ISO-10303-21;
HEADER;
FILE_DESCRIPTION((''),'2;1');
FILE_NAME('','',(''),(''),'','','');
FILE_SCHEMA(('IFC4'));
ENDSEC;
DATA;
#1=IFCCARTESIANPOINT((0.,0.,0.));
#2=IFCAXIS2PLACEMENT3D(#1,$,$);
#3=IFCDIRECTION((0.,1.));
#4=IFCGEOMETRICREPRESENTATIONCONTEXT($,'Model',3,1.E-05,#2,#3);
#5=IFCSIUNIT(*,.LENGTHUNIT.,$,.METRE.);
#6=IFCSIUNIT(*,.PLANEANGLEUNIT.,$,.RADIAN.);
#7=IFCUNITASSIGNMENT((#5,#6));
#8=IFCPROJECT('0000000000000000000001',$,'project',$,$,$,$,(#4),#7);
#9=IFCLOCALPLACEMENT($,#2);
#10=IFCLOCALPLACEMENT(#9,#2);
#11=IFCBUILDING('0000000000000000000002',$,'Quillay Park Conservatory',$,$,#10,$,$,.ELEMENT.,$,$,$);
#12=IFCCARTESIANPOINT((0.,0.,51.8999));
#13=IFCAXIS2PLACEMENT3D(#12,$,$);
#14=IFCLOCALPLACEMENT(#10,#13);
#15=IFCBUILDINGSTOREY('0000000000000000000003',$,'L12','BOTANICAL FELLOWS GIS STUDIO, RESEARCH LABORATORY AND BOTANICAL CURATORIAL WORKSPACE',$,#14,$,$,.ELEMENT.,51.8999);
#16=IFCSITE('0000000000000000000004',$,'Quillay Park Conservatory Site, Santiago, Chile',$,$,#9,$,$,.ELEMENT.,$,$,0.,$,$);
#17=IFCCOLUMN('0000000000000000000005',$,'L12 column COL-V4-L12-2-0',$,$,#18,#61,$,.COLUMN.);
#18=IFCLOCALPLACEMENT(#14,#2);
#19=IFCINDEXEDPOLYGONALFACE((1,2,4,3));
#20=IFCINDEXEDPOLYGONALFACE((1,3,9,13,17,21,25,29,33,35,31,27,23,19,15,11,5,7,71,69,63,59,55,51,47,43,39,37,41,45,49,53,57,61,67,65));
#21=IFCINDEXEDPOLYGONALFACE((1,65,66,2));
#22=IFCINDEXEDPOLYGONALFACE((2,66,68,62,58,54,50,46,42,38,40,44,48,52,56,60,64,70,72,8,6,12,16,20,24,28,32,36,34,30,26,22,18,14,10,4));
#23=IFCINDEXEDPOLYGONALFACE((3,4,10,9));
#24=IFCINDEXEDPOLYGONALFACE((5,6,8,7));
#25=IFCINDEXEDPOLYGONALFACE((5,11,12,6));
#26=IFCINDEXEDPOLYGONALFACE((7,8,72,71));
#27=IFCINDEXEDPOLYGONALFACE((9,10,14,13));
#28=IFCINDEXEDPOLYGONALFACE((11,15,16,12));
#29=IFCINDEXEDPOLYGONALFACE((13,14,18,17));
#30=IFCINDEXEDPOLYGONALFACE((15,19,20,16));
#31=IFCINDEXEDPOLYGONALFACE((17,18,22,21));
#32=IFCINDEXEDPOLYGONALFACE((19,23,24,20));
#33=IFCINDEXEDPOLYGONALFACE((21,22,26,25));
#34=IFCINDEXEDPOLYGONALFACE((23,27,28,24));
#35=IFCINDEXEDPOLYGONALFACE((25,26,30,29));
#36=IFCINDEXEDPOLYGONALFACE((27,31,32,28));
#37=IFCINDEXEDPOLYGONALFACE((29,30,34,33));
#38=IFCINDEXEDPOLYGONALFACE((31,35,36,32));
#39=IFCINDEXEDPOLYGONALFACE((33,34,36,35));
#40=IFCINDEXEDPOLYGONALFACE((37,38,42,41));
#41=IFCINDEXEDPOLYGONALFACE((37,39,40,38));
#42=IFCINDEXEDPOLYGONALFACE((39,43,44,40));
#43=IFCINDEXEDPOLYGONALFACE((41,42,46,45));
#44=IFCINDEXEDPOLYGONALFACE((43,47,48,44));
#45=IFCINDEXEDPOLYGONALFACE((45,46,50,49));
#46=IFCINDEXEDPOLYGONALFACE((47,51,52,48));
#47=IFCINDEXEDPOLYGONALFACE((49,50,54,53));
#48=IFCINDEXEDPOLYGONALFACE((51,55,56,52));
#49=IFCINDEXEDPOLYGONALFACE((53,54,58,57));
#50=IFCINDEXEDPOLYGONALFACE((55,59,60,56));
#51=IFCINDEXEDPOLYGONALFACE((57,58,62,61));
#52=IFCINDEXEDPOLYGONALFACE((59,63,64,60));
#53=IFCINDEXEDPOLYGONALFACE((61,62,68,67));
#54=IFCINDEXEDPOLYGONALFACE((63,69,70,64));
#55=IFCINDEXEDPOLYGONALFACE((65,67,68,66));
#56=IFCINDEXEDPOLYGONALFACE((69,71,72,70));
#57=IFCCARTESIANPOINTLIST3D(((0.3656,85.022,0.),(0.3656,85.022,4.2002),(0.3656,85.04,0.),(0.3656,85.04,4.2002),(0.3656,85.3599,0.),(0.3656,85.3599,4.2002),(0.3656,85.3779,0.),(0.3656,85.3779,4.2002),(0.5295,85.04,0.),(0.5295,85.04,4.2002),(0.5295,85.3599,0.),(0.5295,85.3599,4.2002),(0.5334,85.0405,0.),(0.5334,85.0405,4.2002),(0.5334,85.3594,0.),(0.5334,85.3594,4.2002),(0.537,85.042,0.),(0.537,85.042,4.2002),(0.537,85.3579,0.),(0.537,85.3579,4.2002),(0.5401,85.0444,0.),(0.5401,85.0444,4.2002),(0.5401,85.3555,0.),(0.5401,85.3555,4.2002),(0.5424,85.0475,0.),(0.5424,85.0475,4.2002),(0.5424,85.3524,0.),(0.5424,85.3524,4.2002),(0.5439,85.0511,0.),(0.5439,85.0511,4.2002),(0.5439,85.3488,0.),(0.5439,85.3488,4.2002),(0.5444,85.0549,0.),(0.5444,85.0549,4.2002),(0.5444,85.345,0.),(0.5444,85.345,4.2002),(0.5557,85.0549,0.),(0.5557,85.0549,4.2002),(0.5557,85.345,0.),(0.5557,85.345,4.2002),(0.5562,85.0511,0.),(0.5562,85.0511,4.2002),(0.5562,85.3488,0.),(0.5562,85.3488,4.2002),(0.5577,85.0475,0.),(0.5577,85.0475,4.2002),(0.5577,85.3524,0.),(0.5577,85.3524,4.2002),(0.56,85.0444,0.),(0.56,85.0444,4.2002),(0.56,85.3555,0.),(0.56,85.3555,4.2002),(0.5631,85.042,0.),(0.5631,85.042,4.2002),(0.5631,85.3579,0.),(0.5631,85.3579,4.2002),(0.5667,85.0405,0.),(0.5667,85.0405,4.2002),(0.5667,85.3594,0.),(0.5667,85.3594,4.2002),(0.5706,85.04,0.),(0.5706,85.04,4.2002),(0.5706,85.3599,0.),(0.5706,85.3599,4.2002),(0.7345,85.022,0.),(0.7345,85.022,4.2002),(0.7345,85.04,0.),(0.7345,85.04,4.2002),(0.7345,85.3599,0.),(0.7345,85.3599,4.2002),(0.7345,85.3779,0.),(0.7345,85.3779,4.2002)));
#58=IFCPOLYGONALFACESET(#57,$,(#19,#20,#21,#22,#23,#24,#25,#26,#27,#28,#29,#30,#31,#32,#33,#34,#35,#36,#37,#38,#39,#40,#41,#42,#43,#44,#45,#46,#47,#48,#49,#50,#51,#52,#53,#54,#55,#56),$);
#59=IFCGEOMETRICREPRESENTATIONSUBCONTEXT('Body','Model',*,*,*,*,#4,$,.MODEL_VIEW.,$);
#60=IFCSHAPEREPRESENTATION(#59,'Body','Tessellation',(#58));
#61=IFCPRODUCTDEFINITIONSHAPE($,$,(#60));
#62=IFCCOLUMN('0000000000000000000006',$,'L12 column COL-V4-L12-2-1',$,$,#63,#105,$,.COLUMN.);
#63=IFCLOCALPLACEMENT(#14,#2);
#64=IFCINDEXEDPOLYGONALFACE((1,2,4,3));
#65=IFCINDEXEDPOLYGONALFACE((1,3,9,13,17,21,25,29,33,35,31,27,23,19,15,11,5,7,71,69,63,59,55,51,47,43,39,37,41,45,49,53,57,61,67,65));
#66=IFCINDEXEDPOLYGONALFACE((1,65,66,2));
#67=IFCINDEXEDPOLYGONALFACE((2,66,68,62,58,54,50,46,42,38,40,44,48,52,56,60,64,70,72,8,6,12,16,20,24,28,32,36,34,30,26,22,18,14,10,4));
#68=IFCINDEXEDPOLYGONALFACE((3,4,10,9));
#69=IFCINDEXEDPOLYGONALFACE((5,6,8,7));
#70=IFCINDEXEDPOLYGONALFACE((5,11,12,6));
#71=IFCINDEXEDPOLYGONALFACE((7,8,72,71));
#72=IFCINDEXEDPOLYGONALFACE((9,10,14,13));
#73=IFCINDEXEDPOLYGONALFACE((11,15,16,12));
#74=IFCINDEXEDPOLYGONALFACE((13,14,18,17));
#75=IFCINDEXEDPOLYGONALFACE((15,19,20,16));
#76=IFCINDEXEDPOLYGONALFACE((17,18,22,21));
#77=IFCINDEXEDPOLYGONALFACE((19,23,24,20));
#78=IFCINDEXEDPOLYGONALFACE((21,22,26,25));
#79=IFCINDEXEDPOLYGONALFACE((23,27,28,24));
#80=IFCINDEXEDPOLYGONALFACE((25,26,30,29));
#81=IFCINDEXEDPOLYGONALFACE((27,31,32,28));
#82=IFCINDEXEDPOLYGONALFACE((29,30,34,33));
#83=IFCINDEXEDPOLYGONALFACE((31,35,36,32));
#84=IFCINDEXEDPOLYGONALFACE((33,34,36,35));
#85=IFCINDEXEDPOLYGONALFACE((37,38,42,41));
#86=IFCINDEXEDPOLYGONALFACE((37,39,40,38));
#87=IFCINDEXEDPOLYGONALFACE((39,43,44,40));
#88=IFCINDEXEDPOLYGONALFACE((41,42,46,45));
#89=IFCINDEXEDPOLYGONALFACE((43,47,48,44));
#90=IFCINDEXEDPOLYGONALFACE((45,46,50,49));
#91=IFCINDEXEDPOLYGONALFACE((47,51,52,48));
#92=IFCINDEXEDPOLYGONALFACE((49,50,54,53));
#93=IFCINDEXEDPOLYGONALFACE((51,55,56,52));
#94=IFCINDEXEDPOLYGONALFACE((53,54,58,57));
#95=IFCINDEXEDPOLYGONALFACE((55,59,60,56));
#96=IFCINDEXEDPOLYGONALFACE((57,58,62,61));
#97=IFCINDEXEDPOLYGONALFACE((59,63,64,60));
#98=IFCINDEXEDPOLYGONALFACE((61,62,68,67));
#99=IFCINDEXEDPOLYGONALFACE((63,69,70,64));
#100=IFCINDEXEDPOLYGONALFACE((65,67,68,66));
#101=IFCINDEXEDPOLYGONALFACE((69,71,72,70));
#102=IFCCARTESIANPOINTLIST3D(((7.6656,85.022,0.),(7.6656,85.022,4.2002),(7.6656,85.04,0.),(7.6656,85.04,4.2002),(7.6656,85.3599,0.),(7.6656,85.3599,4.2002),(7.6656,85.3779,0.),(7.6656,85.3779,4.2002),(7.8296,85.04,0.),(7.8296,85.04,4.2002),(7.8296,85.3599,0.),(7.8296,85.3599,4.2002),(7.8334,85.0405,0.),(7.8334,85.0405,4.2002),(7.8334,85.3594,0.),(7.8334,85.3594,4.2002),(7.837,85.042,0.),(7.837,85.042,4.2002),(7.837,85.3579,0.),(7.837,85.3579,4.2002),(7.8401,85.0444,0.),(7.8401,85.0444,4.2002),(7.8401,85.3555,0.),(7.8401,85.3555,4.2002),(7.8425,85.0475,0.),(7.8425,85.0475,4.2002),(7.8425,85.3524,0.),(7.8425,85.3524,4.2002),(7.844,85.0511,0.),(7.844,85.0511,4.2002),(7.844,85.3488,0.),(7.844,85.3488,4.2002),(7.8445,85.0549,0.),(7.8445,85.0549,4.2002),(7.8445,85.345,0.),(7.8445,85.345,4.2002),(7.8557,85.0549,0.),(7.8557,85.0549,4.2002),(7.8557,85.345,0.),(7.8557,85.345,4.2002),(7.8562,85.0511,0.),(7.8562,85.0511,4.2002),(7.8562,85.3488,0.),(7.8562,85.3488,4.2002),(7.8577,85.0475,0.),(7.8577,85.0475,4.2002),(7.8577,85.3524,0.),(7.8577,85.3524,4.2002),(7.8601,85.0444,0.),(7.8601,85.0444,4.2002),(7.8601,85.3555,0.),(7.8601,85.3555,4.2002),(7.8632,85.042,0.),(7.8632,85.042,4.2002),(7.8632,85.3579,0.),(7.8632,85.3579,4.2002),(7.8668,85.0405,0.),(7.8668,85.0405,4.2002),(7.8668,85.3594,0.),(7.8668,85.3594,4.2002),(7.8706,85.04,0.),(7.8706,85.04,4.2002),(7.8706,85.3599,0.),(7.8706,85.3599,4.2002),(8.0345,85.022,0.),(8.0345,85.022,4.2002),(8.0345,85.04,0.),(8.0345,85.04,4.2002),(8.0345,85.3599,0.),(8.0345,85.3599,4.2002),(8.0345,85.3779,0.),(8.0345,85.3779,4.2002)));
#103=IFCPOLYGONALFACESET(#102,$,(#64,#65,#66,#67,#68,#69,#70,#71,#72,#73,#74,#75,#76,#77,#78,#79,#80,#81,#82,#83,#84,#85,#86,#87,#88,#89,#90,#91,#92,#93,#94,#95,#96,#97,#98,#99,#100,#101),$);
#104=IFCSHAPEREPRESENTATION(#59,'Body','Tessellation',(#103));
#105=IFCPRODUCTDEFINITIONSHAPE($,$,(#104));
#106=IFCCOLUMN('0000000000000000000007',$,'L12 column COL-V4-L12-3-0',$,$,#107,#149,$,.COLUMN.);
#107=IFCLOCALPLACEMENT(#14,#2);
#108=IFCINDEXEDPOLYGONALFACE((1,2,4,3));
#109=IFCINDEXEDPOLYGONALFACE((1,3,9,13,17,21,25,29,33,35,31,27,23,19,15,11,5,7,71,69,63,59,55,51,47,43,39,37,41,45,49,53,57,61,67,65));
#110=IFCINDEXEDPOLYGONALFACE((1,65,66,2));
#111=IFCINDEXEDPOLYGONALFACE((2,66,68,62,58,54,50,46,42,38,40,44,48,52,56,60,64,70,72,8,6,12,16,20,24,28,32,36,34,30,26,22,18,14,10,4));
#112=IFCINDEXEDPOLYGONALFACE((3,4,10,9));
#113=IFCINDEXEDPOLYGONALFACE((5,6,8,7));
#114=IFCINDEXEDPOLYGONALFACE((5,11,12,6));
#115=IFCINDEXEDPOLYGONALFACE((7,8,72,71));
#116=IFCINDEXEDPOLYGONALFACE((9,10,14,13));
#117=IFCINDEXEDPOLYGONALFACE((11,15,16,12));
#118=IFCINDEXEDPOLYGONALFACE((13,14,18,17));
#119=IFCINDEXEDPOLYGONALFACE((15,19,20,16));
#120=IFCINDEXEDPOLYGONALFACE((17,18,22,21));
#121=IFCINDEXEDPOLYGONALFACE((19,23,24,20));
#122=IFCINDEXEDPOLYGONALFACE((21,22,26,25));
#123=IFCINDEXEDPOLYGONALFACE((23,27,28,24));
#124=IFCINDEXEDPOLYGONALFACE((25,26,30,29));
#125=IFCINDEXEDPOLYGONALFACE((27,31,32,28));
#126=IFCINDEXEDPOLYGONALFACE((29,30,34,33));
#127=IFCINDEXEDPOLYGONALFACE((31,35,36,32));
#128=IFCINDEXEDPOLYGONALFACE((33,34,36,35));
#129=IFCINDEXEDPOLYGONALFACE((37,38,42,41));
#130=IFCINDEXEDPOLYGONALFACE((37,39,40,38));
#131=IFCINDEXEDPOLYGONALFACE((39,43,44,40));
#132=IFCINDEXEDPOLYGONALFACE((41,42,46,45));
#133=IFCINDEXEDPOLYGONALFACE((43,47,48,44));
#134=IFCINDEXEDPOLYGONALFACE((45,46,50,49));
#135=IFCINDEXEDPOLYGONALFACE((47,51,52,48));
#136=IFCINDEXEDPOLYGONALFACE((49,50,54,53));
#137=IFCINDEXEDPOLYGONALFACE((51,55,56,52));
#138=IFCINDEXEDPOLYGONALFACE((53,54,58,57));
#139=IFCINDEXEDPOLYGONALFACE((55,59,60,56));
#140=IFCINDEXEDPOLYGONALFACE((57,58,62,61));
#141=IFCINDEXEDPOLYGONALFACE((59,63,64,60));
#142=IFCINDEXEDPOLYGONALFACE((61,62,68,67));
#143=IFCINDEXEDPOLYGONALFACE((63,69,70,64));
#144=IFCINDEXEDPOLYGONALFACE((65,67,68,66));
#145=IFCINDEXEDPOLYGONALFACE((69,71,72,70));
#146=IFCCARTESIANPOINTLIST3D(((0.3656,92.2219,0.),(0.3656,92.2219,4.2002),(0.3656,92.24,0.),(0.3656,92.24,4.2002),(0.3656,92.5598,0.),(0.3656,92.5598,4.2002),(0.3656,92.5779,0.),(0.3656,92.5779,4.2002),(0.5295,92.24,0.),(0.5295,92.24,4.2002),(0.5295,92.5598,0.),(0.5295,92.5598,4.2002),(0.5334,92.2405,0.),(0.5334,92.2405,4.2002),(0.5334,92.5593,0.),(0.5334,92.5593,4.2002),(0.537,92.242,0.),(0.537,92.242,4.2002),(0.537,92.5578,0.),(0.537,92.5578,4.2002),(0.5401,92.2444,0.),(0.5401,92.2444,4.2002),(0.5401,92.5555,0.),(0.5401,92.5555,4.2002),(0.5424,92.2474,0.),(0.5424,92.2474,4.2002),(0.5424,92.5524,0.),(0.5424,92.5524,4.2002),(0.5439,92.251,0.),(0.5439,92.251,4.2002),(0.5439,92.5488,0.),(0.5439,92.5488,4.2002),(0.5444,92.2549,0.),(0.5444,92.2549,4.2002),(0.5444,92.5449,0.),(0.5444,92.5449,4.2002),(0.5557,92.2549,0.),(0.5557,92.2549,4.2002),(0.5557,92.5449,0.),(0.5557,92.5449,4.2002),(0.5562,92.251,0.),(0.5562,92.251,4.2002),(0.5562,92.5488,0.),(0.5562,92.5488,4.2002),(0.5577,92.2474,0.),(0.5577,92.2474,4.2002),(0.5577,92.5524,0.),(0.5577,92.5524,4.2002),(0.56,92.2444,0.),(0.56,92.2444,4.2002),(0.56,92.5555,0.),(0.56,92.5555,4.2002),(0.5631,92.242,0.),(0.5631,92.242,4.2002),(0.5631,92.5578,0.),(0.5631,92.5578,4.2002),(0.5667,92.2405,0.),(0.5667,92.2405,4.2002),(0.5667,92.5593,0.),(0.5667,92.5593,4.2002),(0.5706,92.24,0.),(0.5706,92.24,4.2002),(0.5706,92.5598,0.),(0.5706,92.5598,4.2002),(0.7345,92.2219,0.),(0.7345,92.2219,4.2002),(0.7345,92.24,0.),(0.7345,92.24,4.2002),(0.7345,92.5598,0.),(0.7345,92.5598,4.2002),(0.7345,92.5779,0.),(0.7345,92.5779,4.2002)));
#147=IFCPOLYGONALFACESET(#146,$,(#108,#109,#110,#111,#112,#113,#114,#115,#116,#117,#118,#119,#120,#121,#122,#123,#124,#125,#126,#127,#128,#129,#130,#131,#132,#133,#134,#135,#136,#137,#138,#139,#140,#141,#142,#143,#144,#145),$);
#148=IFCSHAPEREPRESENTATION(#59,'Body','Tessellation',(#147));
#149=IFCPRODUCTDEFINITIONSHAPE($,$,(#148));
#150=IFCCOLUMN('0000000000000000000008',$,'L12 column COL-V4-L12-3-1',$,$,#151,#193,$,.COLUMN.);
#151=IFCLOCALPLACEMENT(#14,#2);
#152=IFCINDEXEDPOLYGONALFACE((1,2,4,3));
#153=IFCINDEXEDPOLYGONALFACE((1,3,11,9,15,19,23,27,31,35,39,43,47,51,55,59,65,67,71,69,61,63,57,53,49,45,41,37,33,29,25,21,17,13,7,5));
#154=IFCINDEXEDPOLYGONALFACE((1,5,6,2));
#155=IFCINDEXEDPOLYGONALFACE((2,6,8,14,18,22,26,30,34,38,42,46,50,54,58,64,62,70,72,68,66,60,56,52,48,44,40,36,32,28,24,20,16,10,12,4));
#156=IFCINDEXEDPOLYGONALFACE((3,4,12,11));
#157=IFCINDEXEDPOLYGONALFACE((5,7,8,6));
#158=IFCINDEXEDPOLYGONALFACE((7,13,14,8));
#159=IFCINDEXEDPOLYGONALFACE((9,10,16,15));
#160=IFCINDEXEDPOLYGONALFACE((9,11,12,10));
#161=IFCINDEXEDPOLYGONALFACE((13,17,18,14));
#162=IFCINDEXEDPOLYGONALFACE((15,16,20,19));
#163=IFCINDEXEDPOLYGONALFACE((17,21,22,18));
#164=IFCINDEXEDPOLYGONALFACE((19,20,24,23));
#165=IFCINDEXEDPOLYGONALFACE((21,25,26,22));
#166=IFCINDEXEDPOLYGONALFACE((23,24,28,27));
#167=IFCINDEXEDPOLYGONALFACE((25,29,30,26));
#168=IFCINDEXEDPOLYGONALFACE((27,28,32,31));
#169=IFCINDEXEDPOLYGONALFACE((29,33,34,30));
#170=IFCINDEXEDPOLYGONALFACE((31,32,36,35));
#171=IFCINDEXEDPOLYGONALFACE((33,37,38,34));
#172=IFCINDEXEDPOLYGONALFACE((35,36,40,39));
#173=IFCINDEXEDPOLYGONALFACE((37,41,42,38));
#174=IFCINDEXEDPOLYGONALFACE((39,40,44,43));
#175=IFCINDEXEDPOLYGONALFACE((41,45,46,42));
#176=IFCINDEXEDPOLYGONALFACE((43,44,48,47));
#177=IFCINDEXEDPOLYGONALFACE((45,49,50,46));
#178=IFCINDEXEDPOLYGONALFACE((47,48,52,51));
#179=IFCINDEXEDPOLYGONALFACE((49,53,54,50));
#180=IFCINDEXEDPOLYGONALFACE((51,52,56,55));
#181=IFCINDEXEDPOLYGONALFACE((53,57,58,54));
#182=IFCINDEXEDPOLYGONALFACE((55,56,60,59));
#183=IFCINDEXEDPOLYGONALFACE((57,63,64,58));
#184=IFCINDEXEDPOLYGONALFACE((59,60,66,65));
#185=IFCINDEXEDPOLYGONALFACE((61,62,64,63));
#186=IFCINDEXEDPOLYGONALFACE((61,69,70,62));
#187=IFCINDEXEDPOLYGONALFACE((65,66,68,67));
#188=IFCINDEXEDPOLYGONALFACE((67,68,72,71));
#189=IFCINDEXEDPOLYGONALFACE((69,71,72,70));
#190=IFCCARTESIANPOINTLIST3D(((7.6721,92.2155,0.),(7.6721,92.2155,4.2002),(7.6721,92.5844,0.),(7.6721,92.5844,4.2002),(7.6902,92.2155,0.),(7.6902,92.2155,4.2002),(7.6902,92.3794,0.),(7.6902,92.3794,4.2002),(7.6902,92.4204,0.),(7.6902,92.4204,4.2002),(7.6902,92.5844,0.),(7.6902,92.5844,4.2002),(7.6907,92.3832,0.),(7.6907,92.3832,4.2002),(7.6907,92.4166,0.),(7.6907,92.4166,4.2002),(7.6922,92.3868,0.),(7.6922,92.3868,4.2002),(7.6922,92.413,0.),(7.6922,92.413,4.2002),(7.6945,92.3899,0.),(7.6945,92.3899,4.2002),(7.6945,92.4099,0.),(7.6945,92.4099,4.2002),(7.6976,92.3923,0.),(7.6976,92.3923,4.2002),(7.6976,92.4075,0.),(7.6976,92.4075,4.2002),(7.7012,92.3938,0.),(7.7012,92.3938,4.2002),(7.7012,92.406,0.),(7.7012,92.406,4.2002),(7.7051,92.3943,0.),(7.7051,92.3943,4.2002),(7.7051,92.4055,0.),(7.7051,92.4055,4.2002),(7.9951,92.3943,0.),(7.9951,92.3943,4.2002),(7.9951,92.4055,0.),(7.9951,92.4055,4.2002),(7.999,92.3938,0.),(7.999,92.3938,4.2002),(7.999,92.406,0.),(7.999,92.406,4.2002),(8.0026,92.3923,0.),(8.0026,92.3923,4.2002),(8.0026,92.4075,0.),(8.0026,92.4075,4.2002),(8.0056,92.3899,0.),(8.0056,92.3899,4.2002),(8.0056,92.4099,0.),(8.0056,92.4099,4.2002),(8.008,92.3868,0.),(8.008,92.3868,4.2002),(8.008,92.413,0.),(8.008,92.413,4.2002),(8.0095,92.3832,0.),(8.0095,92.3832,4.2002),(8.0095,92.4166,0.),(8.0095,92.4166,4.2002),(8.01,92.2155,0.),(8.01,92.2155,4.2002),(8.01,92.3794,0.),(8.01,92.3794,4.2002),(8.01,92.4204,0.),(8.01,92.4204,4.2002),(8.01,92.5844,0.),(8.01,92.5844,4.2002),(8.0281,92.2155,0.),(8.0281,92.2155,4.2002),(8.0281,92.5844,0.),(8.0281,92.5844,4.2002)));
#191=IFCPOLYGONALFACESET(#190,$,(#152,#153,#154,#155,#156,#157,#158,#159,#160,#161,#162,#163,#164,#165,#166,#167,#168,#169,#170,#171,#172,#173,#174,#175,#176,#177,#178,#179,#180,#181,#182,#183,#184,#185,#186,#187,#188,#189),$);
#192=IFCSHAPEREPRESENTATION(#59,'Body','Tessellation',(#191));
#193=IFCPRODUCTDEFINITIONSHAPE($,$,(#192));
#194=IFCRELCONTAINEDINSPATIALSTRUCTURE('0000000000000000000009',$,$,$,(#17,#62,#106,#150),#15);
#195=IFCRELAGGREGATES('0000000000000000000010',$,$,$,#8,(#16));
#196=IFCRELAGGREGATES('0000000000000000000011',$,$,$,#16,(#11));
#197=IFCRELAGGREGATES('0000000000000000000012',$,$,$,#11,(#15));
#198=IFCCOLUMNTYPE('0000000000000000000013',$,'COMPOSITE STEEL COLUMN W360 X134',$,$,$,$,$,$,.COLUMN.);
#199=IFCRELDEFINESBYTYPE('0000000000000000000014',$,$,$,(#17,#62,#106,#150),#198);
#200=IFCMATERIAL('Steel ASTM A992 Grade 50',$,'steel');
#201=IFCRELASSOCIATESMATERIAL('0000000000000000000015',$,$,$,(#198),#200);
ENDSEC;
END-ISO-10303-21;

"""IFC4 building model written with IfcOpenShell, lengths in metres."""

from ifc_helpers import new_model, si_unit, direction, frame, origin, origin_2d, place, context, subcontext, project, spatial, i_section, extrude, material, material_profile, profile_set, type_object, element, save


model = new_model("IFC4")

# Units and contexts
model_context = context("Model", 3, precision=1e-05, world=origin(), true_north=direction((0.0, 1.0)))
body_context = subcontext(model_context, "Body", "Model", "MODEL_VIEW")
ifc_project = project(units=[si_unit("LENGTHUNIT", "METRE"), si_unit("PLANEANGLEUNIT", "RADIAN")], contexts=[model_context])

# Site, building, storey
site_placement = place(None, origin())
site = spatial("IfcSite", under=ifc_project, at=site_placement, Name="Quillay Park Conservatory Site, Santiago, Chile", CompositionType="ELEMENT", RefElevation=0.0)
building_placement = place(site_placement, origin())
building = spatial("IfcBuilding", under=site, at=building_placement, Name="Quillay Park Conservatory", CompositionType="ELEMENT")
storey_placement = place(building_placement, frame((0.0, 0.0, 51.8999)))
storey = spatial("IfcBuildingStorey", under=building, at=storey_placement, Name="L12", Description="BOTANICAL FELLOWS GIS STUDIO, RESEARCH LABORATORY AND BOTANICAL CURATORIAL WORKSPACE", CompositionType="ELEMENT", Elevation=51.8999)

# Columns
ifc_material_1 = material(Name="Steel ASTM A992 Grade 50", Category="steel")
ifc_material_profile_1 = material_profile(ifc_material_1, i_section(OverallWidth=0.3689, OverallDepth=0.356, WebThickness=0.0112, FlangeThickness=0.0181, FilletRadius=0.0149, at=origin_2d()), Name="W360x134")
ifc_profile_set_1 = profile_set([ifc_material_profile_1], Name="Steel ASTM A992 Grade 50")
column_type = type_object("IfcColumnType", Name="COMPOSITE STEEL COLUMN W360 X134", PredefinedType="COLUMN", material=ifc_profile_set_1)
for number, where, z_axis, x_axis, name in (
    (1, (0.55, 85.2, 0.0), (0.0, 0.0, 1.0), (1.0, 0.0, 0.0), "L12 column COL-V4-L12-2-0"),
    (2, (7.8501, 85.2, 0.0), (0.0, 0.0, 1.0), (1.0, 0.0, 0.0), "L12 column COL-V4-L12-2-1"),
    (3, (0.55, 92.3999, 0.0), (0.0, 0.0, 1.0), (1.0, 0.0, 0.0), "L12 column COL-V4-L12-3-0"),
    (4, (7.8501, 92.3999, 0.0), (0.0, 0.0, 1.0), (0.0, 1.0, 0.0), "L12 column COL-V4-L12-3-1"),
):
    element("IfcColumn", number, at=place(storey_placement, frame(where, z_axis=z_axis, x_axis=x_axis)), inside=storey, type_object=column_type, Name=name, PredefinedType="COLUMN", context=body_context, shape_type="SweptSolid", body=[
        extrude(i_section(OverallWidth=0.3689, OverallDepth=0.356, WebThickness=0.0112, FlangeThickness=0.0181, FilletRadius=0.0149, at=origin_2d()), origin(), (0.0, 0.0, 1.0), 4.2002),
    ])

save(model, "model.ifc")
